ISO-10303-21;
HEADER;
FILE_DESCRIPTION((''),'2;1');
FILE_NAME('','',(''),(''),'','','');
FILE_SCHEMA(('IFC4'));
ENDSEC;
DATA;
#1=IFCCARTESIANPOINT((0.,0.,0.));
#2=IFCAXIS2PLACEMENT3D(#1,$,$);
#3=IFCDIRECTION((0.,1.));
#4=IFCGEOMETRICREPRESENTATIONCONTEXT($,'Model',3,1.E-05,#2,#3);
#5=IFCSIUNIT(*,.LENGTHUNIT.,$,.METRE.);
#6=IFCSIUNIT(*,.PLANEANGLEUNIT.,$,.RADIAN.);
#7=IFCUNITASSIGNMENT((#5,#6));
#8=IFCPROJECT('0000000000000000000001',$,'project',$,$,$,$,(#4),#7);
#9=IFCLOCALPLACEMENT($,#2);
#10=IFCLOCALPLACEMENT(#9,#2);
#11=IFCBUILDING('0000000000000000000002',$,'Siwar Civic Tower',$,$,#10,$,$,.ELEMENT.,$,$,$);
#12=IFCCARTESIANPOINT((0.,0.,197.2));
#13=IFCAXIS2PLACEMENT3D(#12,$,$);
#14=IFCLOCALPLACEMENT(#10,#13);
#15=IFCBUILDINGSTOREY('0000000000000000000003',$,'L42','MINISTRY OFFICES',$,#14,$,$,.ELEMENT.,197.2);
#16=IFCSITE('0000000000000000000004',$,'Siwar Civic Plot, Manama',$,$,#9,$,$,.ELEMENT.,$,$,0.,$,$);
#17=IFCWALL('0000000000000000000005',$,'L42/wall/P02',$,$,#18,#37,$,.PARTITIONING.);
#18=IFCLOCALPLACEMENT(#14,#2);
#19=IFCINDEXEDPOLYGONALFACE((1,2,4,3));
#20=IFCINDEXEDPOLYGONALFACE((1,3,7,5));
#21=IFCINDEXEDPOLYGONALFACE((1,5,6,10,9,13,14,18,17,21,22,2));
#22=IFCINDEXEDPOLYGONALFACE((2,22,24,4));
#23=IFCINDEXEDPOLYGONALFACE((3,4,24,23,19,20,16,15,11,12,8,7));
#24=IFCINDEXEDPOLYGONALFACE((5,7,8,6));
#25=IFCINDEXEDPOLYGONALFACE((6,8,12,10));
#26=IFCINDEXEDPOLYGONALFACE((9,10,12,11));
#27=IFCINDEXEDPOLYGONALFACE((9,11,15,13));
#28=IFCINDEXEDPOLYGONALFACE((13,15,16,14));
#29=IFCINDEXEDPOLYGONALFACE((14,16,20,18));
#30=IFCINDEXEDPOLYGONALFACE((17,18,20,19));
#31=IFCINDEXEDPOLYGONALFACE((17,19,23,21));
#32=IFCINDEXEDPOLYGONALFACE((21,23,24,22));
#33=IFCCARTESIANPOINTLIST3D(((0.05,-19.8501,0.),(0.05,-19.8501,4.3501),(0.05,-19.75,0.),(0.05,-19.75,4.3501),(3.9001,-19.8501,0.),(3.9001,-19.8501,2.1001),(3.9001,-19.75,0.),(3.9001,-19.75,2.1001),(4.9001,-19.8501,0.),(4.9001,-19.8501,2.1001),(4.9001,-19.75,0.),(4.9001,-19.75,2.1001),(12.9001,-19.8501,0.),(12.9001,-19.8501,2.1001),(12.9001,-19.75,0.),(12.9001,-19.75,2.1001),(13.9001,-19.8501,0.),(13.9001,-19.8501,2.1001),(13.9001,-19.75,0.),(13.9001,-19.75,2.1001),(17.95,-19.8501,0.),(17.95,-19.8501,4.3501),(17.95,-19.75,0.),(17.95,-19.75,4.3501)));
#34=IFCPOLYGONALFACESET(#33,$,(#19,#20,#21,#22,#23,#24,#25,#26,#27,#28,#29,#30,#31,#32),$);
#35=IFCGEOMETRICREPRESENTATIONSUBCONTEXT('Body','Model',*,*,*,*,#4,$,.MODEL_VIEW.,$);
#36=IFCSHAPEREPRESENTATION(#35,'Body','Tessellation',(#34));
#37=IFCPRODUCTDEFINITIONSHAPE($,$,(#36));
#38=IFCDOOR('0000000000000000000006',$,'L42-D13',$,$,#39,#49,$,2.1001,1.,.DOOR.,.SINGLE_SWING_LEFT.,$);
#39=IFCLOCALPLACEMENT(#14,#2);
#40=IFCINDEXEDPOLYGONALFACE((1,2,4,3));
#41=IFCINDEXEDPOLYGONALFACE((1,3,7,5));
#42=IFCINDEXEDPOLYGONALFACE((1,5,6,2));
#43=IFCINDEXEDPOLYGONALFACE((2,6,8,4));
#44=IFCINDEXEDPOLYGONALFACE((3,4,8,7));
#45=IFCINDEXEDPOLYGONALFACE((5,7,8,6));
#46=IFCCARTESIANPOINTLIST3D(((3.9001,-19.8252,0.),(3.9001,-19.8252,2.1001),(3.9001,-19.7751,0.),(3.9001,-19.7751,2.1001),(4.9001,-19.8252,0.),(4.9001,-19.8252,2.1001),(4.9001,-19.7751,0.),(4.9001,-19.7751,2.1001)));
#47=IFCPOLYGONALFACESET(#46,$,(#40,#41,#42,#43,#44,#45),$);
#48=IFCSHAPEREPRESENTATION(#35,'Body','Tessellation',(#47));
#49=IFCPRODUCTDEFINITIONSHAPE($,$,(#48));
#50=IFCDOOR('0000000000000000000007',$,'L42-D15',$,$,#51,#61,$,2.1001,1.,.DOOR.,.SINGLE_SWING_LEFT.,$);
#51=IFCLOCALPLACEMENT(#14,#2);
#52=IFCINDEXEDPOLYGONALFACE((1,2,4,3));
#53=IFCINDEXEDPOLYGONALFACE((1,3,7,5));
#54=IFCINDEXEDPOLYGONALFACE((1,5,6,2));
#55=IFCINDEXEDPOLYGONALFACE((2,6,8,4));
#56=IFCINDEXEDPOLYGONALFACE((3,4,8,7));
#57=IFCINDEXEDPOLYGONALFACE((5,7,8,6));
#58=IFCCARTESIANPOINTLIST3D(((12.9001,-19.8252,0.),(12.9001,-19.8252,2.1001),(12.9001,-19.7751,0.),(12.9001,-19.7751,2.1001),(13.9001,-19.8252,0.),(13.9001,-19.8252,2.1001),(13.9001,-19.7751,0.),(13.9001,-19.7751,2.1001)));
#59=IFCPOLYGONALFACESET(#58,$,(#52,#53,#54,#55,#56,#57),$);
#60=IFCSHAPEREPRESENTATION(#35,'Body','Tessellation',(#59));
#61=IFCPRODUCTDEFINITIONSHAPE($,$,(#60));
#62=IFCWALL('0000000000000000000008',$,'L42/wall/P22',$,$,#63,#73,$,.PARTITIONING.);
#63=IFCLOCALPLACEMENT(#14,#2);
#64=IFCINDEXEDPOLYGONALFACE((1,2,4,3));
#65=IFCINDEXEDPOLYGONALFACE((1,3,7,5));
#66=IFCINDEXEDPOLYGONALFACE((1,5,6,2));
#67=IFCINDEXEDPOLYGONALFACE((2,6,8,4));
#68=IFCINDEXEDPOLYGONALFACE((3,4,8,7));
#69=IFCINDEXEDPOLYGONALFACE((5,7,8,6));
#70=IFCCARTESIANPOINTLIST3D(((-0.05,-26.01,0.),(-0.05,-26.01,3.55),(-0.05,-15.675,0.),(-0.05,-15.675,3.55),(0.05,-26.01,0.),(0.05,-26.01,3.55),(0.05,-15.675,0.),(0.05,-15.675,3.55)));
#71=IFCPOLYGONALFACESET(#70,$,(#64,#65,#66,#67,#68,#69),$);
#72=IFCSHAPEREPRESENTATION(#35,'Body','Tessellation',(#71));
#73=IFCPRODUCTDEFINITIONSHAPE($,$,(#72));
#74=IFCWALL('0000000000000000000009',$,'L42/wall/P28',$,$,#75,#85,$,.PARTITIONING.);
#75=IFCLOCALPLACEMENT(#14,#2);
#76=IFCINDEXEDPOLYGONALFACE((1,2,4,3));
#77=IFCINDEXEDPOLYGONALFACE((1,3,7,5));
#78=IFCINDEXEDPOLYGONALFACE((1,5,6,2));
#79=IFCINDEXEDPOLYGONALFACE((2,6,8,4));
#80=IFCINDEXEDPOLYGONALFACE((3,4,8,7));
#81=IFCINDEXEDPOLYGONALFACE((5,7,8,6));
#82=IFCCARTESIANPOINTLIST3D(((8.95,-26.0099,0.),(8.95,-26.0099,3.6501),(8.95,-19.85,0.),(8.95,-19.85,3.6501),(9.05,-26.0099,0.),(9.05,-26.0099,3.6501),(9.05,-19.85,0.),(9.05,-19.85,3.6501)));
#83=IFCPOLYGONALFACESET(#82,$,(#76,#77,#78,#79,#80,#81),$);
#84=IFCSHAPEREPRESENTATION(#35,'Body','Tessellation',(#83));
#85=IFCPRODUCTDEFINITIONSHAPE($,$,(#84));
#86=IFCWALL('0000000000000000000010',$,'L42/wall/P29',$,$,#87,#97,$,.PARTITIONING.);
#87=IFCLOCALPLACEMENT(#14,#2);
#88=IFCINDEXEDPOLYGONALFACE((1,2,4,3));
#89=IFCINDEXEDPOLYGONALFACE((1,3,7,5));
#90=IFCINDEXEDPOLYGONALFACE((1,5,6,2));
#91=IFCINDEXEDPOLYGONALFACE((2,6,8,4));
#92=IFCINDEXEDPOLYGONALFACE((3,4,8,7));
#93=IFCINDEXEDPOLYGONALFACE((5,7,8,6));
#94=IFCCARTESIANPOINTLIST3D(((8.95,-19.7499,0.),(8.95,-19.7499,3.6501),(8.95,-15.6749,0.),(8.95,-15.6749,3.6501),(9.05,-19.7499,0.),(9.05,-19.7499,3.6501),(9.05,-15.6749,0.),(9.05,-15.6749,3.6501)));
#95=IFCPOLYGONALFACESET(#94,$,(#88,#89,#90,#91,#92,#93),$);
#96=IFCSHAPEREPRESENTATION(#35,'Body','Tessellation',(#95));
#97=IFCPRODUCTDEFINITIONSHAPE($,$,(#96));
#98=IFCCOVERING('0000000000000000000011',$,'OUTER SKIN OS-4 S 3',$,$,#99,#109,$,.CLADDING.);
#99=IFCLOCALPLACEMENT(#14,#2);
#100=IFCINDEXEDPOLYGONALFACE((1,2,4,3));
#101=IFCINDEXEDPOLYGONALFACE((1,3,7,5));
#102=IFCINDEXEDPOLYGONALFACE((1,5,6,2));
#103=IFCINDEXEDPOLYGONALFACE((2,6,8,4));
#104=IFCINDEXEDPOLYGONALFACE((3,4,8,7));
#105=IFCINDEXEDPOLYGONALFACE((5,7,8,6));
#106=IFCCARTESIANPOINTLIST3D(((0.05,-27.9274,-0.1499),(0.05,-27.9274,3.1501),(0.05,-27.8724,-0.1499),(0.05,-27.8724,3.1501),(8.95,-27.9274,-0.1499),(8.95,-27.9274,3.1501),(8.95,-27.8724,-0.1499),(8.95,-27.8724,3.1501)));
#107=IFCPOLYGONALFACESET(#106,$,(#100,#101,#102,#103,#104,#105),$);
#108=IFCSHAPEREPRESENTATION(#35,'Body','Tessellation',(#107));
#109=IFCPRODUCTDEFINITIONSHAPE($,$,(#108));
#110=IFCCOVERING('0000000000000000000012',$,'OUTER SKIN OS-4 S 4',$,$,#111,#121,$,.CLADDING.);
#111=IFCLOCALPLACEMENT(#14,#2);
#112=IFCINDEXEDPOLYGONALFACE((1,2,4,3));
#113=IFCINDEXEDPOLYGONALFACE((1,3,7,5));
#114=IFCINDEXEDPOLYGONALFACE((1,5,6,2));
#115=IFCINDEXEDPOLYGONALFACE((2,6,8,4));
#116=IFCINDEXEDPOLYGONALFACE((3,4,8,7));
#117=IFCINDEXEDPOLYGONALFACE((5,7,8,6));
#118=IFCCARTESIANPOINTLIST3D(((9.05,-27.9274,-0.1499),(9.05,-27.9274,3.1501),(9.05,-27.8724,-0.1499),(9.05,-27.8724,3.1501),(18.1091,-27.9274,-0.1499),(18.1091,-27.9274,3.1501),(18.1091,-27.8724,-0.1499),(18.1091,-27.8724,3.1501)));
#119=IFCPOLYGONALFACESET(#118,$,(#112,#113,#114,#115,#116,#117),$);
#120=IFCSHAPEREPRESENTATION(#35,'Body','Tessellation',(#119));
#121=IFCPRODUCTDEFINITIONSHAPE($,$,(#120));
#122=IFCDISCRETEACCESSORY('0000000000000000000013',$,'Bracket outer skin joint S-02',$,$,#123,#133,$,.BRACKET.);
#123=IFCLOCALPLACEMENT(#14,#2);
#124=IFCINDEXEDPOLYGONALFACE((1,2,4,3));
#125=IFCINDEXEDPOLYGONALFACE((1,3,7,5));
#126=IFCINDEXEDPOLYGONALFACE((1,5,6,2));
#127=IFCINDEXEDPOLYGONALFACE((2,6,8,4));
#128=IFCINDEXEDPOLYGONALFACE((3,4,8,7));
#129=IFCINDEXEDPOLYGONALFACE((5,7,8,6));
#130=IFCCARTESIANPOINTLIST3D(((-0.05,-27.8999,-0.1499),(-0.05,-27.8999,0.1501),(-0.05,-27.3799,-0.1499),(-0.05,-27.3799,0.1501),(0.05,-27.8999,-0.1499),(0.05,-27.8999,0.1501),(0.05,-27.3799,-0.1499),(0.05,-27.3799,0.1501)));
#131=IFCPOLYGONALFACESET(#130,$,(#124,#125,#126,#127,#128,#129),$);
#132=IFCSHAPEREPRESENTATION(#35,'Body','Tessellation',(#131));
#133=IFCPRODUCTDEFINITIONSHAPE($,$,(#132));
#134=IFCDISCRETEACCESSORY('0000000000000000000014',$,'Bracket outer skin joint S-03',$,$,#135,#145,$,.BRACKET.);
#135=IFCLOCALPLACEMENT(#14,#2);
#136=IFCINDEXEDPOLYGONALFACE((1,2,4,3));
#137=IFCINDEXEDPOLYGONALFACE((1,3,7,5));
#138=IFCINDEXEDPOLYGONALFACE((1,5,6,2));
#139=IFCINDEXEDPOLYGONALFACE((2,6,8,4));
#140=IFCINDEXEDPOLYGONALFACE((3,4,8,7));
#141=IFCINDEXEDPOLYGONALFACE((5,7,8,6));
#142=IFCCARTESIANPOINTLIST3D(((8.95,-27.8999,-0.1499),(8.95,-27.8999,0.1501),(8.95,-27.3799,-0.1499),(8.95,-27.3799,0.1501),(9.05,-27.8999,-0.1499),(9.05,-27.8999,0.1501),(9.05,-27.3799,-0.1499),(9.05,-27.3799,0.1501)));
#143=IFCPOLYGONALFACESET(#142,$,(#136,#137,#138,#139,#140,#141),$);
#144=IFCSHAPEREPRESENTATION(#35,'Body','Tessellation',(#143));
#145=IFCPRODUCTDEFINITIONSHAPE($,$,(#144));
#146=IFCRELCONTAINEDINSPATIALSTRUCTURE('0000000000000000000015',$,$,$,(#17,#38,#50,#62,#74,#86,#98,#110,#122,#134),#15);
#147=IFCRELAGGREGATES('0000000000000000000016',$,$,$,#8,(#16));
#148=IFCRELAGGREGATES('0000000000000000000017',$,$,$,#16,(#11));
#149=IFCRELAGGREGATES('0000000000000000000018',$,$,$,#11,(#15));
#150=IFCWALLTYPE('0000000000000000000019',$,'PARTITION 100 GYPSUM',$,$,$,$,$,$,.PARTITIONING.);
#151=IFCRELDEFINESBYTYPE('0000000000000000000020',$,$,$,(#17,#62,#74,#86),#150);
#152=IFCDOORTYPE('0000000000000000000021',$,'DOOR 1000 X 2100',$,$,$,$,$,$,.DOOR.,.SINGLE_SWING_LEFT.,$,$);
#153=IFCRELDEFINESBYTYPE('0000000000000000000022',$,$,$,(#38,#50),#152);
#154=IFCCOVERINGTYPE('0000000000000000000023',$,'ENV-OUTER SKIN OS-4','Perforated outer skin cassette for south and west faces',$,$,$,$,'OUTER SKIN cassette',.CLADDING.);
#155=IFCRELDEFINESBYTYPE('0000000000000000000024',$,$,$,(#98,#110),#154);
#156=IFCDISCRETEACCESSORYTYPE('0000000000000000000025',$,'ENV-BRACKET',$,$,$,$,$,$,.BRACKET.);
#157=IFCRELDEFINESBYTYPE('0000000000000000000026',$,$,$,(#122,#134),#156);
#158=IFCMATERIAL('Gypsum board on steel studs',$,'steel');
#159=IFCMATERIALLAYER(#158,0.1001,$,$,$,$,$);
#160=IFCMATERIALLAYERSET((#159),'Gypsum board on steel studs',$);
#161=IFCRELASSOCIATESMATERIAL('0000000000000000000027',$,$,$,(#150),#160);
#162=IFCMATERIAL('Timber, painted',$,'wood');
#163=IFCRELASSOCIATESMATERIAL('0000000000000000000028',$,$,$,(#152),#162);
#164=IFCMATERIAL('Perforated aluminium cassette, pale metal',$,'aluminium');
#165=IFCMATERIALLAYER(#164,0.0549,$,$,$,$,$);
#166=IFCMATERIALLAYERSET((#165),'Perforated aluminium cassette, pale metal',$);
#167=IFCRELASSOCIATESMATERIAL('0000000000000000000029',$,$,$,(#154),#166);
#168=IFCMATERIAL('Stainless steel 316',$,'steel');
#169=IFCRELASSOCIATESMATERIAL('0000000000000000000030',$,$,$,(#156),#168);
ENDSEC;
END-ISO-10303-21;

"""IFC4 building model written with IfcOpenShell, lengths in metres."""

from ifc_helpers import new_model, si_unit, direction, frame, frame_2d, origin, origin_2d, place, context, subcontext, project, spatial, rectangle, extrude, material, layer, layer_set, type_object, element, fill, save


model = new_model("IFC4")

# Units and contexts
model_context = context("Model", 3, precision=1e-05, world=origin(), true_north=direction((0.0, 1.0)))
body_context = subcontext(model_context, "Body", "Model", "MODEL_VIEW")
ifc_project = project(units=[si_unit("LENGTHUNIT", "METRE"), si_unit("PLANEANGLEUNIT", "RADIAN")], contexts=[model_context])

# Site, building, storey
site_placement = place(None, origin())
site = spatial("IfcSite", under=ifc_project, at=site_placement, Name="Siwar Civic Plot, Manama", CompositionType="ELEMENT", RefElevation=0.0)
building_placement = place(site_placement, origin())
building = spatial("IfcBuilding", under=site, at=building_placement, Name="Siwar Civic Tower", CompositionType="ELEMENT")
storey_placement = place(building_placement, frame((0.0, 0.0, 197.2)))
storey = spatial("IfcBuildingStorey", under=building, at=storey_placement, Name="L42", Description="MINISTRY OFFICES", CompositionType="ELEMENT", Elevation=197.2)

# Wall, openings, doors
ifc_material_1 = material(Name="Gypsum board on steel studs", Category="steel")
ifc_layer_1 = layer(ifc_material_1, 0.1001)
ifc_layer_set_1 = layer_set([ifc_layer_1], Name="Gypsum board on steel studs")
wall_type_1 = type_object("IfcWallType", Name="PARTITION 100 GYPSUM", PredefinedType="PARTITIONING", material=ifc_layer_set_1)
wall_1_placement = place(storey_placement, frame((0.05, -19.8, 0.0), z_axis=(0.0, 0.0, 1.0), x_axis=(1.0, 0.0, 0.0)))
wall_1 = element("IfcWall", 1, at=wall_1_placement, inside=storey, type_object=wall_type_1, Name="L42/wall/P02", PredefinedType="PARTITIONING", context=body_context, shape_type="SweptSolid", body=[
    extrude(rectangle(XDim=17.8999, YDim=0.1001, at=frame_2d((8.95, 0.0))), origin(), (0.0, 0.0, 1.0), 4.3501),
])
opening_1_placement = place(wall_1_placement, frame((3.8501, 0.0, 0.0)))
opening_1 = element("IfcOpeningElement", 2, at=opening_1_placement, cuts=wall_1, PredefinedType="OPENING", context=body_context, shape_type="SweptSolid", body=[
    extrude(rectangle(XDim=1.0, YDim=2.1001, at=frame_2d((0.5, 1.05))), frame((0.0, 0.0601, 0.0), z_axis=(0.0, -1.0, 0.0), x_axis=(1.0, 0.0, 0.0)), (0.0, 0.0, 1.0), 0.1201),
])
opening_2_placement = place(wall_1_placement, frame((12.8501, 0.0, 0.0)))
opening_2 = element("IfcOpeningElement", 3, at=opening_2_placement, cuts=wall_1, PredefinedType="OPENING", context=body_context, shape_type="SweptSolid", body=[
    extrude(rectangle(XDim=1.0, YDim=2.1001, at=frame_2d((0.5, 1.05))), frame((0.0, 0.0601, 0.0), z_axis=(0.0, -1.0, 0.0), x_axis=(1.0, 0.0, 0.0)), (0.0, 0.0, 1.0), 0.1201),
])
ifc_material_2 = material(Name="Timber, painted", Category="wood")
door_type = type_object("IfcDoorType", Name="DOOR 1000 X 2100", OperationType="SINGLE_SWING_LEFT", PredefinedType="DOOR", material=ifc_material_2)
door_1_placement = place(opening_1_placement, origin())
door_1 = element("IfcDoor", 4, at=door_1_placement, inside=storey, type_object=door_type, Name="L42-D13", OperationType="SINGLE_SWING_LEFT", OverallHeight=2.1001, OverallWidth=1.0, PredefinedType="DOOR", context=body_context, shape_type="SweptSolid", body=[
    extrude(rectangle(XDim=1.0, YDim=2.1001, at=frame_2d((0.5, 1.05))), frame((0.0, 0.0249, 0.0), z_axis=(0.0, -1.0, 0.0), x_axis=(1.0, 0.0, 0.0)), (0.0, 0.0, 1.0), 0.05),
])
fill(opening_1, door_1)
door_2_placement = place(opening_2_placement, origin())
door_2 = element("IfcDoor", 5, at=door_2_placement, inside=storey, type_object=door_type, Name="L42-D15", OperationType="SINGLE_SWING_LEFT", OverallHeight=2.1001, OverallWidth=1.0, PredefinedType="DOOR", context=body_context, shape_type="SweptSolid", body=[
    extrude(rectangle(XDim=1.0, YDim=2.1001, at=frame_2d((0.5, 1.05))), frame((0.0, 0.0249, 0.0), z_axis=(0.0, -1.0, 0.0), x_axis=(1.0, 0.0, 0.0)), (0.0, 0.0, 1.0), 0.05),
])
fill(opening_2, door_2)

# Walls
wall_2_placement = place(storey_placement, frame((0.0, -26.01, 0.0), z_axis=(0.0, 0.0, 1.0), x_axis=(0.0, 1.0, 0.0)))
element("IfcWall", 6, at=wall_2_placement, inside=storey, type_object=wall_type_1, Name="L42/wall/P22", PredefinedType="PARTITIONING", context=body_context, shape_type="SweptSolid", body=[
    extrude(rectangle(XDim=10.335, YDim=0.1001, at=frame_2d((5.1675, 0.0))), origin(), (0.0, 0.0, 1.0), 3.55),
])
wall_3_placement = place(storey_placement, frame((9.0, -26.01, 0.0), z_axis=(0.0, 0.0, 1.0), x_axis=(0.0, 1.0, 0.0)))
element("IfcWall", 7, at=wall_3_placement, inside=storey, type_object=wall_type_1, Name="L42/wall/P28", PredefinedType="PARTITIONING", context=body_context, shape_type="SweptSolid", body=[
    extrude(rectangle(XDim=6.1599, YDim=0.1001, at=frame_2d((3.0801, 0.0))), origin(), (0.0, 0.0, 1.0), 3.6501),
])
wall_4_placement = place(storey_placement, frame((9.0, -19.75, 0.0), z_axis=(0.0, 0.0, 1.0), x_axis=(0.0, 1.0, 0.0)))
element("IfcWall", 8, at=wall_4_placement, inside=storey, type_object=wall_type_1, Name="L42/wall/P29", PredefinedType="PARTITIONING", context=body_context, shape_type="SweptSolid", body=[
    extrude(rectangle(XDim=4.075, YDim=0.1001, at=frame_2d((2.0376, 0.0))), origin(), (0.0, 0.0, 1.0), 3.6501),
])

# Coverings
ifc_material_3 = material(Name="Perforated aluminium cassette, pale metal", Category="aluminium")
ifc_layer_2 = layer(ifc_material_3, 0.0549)
ifc_layer_set_2 = layer_set([ifc_layer_2], Name="Perforated aluminium cassette, pale metal")
covering_type = type_object("IfcCoveringType", Name="ENV-OUTER SKIN OS-4", Description="Perforated outer skin cassette for south and west faces", ElementType="OUTER SKIN cassette", PredefinedType="CLADDING", material=ifc_layer_set_2)
covering_1_placement = place(storey_placement, frame((4.5, -27.8999, -0.1499), z_axis=(0.0, 0.0, 1.0), x_axis=(1.0, 0.0, 0.0)))
element("IfcCovering", 9, at=covering_1_placement, inside=storey, type_object=covering_type, Name="OUTER SKIN OS-4 S 3", PredefinedType="CLADDING", context=body_context, shape_type="SweptSolid", body=[
    extrude(rectangle(XDim=8.8999, YDim=0.0549, at=origin_2d()), origin(), (0.0, 0.0, 1.0), 3.3),
])
covering_2_placement = place(storey_placement, frame((13.5796, -27.8999, -0.1499), z_axis=(0.0, 0.0, 1.0), x_axis=(1.0, 0.0, 0.0)))
element("IfcCovering", 10, at=covering_2_placement, inside=storey, type_object=covering_type, Name="OUTER SKIN OS-4 S 4", PredefinedType="CLADDING", context=body_context, shape_type="SweptSolid", body=[
    extrude(rectangle(XDim=9.0591, YDim=0.0549, at=origin_2d()), origin(), (0.0, 0.0, 1.0), 3.3),
])

# Discrete accessories
ifc_material_4 = material(Name="Stainless steel 316", Category="steel")
discrete_accessory_type = type_object("IfcDiscreteAccessoryType", Name="ENV-BRACKET", PredefinedType="BRACKET", material=ifc_material_4)
for number, where, z_axis, x_axis, name in (
    (11, (0.0, -27.6399, -0.1499), (0.0, 0.0, 1.0), (0.0, -1.0, 0.0), "Bracket outer skin joint S-02"),
    (12, (9.0, -27.6399, -0.1499), (0.0, 0.0, 1.0), (0.0, -1.0, 0.0), "Bracket outer skin joint S-03"),
):
    element("IfcDiscreteAccessory", number, at=place(storey_placement, frame(where, z_axis=z_axis, x_axis=x_axis)), inside=storey, type_object=discrete_accessory_type, Name=name, PredefinedType="BRACKET", context=body_context, shape_type="SweptSolid", body=[
        extrude(rectangle(XDim=0.52, YDim=0.1001, at=origin_2d()), origin(), (0.0, 0.0, 1.0), 0.3),
    ])

save(model, "model.ifc")
